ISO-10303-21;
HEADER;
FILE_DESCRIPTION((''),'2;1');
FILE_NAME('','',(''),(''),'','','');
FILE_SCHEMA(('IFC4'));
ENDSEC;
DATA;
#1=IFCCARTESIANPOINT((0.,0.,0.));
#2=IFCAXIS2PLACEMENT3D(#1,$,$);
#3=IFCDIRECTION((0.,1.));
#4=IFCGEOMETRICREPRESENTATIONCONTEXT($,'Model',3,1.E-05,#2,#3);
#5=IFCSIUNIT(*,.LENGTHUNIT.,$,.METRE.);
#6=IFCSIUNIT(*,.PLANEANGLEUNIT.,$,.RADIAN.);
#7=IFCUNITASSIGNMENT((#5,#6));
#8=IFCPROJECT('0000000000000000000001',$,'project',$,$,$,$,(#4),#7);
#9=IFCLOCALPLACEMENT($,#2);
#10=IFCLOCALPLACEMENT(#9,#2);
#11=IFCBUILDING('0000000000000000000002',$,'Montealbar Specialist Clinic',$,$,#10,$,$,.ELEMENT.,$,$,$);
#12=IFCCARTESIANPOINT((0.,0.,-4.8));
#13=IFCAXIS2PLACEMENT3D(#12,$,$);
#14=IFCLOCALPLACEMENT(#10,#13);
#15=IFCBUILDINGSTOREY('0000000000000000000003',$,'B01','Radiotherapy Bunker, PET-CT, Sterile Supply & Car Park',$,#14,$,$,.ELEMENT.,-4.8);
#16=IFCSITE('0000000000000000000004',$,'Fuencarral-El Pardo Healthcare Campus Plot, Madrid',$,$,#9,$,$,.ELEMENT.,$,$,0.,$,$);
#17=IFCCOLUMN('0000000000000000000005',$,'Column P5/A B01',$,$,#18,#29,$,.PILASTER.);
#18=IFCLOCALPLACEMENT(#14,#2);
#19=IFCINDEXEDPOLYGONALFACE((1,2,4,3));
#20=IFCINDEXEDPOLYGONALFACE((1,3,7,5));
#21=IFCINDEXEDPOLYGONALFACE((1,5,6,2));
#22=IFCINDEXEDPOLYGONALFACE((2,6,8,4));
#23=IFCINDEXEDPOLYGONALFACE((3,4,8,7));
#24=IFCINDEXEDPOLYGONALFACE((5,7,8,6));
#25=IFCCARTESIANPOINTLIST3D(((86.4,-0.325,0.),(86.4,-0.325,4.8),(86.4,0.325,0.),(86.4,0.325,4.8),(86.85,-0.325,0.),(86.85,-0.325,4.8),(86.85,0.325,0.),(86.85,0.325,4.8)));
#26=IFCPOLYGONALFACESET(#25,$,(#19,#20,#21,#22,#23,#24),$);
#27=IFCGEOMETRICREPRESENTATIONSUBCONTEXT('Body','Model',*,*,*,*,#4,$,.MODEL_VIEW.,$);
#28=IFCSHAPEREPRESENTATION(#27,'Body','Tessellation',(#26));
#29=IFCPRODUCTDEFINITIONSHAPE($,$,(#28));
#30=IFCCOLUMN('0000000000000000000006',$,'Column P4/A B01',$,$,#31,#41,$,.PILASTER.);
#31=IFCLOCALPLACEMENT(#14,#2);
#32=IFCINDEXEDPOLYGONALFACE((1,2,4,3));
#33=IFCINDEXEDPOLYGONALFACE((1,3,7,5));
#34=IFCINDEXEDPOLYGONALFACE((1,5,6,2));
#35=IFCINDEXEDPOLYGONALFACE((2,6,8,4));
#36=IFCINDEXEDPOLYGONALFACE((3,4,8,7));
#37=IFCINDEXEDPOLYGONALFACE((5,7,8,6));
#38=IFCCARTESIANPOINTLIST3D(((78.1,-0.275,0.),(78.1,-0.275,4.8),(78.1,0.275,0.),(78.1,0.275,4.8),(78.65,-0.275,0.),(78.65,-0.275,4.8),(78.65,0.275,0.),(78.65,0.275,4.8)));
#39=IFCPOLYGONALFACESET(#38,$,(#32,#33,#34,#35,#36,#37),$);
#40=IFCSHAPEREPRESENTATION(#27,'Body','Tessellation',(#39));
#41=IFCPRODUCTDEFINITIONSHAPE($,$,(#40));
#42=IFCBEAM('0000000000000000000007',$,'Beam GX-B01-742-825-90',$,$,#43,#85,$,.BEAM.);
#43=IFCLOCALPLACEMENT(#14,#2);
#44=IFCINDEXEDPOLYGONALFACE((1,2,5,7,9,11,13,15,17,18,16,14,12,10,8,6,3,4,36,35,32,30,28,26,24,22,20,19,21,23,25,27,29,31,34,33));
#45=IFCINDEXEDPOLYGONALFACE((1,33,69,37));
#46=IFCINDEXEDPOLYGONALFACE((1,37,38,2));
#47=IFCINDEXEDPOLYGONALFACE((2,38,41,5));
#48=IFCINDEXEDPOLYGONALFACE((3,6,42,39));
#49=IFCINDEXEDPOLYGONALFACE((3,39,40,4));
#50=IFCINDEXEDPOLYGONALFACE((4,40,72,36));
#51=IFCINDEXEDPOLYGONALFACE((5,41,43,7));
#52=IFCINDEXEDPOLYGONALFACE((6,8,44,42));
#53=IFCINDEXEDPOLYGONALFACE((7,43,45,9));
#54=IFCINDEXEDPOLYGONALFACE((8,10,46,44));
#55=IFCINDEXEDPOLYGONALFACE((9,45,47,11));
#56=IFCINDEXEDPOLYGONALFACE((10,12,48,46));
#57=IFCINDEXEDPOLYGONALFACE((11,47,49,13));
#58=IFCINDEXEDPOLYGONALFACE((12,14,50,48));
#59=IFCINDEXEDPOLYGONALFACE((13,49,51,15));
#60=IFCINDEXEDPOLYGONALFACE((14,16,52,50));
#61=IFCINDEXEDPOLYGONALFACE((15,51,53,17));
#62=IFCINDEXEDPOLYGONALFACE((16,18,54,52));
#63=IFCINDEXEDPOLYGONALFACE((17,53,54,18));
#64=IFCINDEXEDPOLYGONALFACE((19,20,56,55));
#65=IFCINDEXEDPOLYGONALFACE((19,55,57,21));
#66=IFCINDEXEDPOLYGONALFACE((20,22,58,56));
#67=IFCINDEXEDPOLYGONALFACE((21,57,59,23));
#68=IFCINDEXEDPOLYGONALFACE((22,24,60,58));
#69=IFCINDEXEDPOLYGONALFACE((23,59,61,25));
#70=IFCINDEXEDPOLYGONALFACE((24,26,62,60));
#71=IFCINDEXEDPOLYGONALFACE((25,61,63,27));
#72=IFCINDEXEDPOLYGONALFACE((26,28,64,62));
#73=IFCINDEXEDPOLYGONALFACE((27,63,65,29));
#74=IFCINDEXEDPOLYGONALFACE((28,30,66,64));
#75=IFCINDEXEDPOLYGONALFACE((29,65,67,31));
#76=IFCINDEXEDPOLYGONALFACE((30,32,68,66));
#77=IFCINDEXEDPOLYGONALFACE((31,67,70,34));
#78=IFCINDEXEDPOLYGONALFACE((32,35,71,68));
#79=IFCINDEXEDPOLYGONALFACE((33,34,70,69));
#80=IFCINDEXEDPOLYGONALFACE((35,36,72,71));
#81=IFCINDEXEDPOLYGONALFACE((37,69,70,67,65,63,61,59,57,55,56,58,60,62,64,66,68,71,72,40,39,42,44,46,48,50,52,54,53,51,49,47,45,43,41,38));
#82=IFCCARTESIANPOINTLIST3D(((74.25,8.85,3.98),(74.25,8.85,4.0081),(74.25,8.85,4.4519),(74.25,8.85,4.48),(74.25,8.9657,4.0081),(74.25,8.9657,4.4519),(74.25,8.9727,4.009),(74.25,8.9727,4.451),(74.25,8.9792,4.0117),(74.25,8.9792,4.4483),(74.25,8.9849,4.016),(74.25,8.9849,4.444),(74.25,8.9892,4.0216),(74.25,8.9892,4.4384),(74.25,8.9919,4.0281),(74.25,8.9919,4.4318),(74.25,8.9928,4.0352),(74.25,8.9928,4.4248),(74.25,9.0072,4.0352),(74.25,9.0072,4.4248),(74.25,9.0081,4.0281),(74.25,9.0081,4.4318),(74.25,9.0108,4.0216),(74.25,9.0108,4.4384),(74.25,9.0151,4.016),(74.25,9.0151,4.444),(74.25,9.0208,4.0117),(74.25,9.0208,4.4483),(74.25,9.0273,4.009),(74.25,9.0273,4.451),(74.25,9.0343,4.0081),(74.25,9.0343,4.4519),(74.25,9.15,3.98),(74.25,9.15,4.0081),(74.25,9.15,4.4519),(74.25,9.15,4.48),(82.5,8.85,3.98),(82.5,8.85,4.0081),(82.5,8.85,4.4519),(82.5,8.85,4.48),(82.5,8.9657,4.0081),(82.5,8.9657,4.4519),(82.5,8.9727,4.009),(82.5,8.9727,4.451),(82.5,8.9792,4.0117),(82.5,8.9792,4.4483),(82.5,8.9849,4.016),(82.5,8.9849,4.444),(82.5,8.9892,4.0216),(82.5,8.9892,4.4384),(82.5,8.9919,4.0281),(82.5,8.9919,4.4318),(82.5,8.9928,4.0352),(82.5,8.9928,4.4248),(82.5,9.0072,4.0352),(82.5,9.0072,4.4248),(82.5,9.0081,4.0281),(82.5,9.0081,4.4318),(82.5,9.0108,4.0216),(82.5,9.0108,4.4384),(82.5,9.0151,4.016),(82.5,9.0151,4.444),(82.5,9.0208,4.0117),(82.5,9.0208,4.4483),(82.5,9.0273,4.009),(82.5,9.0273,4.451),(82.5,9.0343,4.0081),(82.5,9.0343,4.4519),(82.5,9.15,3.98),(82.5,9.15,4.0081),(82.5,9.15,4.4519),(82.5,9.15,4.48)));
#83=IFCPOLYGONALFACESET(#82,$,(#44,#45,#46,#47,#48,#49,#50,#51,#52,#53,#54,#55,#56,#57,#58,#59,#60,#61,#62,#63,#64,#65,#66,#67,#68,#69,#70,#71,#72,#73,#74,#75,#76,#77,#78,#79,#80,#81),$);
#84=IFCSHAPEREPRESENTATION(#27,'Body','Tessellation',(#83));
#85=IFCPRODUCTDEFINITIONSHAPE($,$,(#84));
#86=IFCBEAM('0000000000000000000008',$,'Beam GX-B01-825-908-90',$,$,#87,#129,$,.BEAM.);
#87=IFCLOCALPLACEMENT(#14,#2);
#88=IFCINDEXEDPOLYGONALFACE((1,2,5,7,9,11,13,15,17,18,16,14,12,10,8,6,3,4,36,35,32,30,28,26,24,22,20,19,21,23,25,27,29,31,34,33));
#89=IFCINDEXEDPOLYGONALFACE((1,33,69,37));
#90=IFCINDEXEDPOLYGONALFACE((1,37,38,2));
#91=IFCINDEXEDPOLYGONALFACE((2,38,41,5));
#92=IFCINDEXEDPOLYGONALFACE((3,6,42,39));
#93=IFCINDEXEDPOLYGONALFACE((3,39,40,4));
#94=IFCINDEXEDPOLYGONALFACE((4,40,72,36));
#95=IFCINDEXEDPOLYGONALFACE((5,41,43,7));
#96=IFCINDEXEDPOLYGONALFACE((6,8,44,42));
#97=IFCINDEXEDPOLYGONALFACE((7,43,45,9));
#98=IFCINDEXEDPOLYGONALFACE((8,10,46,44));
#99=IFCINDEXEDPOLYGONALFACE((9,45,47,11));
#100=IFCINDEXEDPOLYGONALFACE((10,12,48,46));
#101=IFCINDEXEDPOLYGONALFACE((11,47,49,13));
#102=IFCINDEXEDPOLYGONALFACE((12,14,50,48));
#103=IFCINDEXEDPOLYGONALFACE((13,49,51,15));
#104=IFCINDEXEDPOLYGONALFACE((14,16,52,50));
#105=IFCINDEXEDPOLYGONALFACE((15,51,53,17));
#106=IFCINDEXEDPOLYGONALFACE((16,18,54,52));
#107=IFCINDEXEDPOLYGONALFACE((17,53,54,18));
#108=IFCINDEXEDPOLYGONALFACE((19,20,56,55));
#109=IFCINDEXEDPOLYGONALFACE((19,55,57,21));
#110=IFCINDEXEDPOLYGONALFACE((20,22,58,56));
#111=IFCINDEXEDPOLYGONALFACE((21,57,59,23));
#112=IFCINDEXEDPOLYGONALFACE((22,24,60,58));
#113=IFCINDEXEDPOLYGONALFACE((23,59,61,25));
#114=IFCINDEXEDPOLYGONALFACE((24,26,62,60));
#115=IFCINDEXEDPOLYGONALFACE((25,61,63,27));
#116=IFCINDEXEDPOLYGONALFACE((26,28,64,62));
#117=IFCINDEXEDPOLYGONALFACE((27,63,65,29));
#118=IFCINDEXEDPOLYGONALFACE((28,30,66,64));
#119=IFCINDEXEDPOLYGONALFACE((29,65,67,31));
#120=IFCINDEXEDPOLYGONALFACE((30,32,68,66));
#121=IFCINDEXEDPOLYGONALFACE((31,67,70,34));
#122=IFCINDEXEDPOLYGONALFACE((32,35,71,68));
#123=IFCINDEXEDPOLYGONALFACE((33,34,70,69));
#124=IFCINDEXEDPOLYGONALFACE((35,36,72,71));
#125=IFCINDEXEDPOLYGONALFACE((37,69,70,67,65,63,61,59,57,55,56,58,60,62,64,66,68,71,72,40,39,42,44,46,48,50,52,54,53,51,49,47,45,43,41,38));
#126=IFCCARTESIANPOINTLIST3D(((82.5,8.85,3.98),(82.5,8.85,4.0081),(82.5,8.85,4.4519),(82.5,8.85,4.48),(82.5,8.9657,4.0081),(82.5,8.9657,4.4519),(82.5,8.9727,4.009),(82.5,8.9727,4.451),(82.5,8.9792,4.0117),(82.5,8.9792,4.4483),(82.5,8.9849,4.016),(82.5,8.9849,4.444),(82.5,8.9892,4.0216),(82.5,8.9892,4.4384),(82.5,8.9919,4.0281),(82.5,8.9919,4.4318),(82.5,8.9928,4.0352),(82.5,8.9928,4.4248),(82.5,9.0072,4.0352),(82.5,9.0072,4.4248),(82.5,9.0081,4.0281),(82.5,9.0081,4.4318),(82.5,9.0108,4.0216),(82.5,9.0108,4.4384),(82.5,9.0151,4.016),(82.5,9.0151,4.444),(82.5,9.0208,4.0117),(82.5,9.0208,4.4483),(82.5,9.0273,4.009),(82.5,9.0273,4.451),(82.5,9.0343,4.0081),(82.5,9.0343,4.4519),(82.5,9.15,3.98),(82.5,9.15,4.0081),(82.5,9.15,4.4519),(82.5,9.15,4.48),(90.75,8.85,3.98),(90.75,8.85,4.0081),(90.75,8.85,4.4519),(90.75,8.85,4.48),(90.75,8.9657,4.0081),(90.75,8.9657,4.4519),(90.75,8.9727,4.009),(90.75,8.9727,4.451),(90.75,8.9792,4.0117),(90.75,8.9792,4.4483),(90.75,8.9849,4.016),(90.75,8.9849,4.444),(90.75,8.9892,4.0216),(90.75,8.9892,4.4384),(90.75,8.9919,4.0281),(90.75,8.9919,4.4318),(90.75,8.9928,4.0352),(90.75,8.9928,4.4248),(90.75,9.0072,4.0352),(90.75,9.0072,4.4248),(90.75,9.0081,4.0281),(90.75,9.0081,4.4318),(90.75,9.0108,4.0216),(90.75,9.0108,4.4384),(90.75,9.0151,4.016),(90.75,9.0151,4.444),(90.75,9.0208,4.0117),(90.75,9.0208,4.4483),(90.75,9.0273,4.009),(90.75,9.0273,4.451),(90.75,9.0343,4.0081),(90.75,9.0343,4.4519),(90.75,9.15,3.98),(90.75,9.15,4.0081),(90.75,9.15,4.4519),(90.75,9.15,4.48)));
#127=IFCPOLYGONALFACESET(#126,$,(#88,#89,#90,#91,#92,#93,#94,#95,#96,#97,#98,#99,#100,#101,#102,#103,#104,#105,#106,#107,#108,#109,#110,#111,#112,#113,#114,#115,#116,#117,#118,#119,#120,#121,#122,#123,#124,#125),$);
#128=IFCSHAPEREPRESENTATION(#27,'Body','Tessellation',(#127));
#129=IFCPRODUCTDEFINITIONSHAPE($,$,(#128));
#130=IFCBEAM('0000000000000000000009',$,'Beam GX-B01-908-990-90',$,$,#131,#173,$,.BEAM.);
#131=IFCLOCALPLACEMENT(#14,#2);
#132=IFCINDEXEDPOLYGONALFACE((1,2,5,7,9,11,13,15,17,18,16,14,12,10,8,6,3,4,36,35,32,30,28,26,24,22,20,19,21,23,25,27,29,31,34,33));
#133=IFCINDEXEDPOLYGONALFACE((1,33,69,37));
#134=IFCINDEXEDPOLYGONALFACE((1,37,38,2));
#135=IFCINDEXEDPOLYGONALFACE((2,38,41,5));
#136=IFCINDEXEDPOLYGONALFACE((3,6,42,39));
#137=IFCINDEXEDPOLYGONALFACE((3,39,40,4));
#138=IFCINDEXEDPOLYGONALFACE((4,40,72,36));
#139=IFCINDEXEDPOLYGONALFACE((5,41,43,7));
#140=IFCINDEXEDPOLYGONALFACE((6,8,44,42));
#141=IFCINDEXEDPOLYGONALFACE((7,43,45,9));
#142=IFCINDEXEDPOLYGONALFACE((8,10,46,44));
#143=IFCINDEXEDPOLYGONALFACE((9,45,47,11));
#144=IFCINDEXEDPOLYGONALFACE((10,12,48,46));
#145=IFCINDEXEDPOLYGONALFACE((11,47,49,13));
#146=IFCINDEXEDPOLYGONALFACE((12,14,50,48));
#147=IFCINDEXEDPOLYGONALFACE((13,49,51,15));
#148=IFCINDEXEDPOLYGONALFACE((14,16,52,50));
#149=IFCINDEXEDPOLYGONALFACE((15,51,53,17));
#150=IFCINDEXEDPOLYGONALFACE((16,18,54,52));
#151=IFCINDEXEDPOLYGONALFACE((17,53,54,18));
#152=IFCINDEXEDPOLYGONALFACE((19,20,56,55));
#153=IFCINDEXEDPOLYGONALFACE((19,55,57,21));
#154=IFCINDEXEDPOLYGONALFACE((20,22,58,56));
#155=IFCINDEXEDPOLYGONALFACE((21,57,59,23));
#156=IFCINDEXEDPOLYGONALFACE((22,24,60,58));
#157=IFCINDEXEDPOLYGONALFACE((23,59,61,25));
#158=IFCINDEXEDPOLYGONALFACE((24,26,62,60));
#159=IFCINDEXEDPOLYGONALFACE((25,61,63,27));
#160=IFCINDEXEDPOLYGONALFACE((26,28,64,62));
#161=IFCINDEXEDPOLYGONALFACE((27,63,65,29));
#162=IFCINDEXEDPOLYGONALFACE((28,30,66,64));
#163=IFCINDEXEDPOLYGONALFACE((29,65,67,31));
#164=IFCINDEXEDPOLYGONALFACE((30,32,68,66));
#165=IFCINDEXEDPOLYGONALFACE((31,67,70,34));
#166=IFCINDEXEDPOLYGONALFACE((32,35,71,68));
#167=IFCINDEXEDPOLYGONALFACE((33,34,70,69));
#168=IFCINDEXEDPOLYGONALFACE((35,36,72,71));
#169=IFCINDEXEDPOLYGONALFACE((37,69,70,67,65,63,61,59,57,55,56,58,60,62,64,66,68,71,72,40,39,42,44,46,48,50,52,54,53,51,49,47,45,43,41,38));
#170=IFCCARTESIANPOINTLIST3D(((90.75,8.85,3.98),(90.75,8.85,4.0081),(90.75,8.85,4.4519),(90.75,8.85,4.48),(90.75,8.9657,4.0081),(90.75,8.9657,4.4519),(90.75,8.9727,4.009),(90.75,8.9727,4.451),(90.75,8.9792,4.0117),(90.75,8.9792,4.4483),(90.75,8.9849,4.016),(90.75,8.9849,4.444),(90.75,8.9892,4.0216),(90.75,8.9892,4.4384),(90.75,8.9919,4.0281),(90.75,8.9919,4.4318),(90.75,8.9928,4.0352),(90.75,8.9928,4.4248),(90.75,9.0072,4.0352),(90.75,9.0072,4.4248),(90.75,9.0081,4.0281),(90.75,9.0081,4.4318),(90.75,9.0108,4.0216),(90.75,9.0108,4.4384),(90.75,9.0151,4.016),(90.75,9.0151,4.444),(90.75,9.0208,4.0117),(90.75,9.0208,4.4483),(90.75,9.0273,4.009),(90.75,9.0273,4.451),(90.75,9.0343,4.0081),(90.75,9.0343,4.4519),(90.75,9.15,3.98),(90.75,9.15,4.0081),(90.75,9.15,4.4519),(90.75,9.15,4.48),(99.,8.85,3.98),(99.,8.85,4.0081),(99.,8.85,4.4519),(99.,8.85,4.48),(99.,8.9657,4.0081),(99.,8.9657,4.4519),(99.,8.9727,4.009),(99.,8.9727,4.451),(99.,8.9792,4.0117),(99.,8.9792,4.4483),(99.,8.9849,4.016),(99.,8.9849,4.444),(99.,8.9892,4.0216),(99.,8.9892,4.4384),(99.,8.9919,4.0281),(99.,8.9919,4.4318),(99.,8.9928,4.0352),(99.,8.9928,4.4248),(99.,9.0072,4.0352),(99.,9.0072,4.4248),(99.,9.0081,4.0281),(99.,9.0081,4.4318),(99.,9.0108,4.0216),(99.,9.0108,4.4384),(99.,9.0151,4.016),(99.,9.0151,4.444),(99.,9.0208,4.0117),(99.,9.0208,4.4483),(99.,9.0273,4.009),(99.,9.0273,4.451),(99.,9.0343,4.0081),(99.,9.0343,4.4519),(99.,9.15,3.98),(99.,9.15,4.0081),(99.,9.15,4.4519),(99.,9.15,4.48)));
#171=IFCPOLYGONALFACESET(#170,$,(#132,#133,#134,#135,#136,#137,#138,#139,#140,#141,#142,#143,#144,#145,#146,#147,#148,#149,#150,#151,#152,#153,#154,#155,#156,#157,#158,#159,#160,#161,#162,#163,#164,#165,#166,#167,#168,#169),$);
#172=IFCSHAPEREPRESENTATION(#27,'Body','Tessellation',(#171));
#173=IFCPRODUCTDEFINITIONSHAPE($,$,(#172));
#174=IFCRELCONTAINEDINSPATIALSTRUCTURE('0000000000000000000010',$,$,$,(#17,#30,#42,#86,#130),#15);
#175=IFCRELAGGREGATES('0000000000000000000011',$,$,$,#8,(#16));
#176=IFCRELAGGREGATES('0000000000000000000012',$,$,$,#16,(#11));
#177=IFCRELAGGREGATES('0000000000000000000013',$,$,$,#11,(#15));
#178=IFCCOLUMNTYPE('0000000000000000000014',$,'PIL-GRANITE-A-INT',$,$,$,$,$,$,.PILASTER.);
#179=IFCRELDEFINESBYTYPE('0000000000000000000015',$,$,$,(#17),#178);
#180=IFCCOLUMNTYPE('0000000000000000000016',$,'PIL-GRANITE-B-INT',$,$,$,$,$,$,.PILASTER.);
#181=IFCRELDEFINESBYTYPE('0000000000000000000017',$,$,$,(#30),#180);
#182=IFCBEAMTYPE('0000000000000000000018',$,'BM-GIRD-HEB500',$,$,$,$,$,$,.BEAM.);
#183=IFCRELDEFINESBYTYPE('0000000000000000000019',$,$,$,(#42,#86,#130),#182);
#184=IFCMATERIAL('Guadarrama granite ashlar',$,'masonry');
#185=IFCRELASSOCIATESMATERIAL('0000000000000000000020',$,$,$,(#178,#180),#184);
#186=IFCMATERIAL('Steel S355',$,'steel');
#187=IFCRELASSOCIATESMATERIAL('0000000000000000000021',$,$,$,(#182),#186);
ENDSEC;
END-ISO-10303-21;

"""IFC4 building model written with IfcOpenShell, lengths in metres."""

from ifc_helpers import new_model, si_unit, direction, frame, origin, origin_2d, place, context, subcontext, project, spatial, rectangle, i_section, extrude, material, material_profile, profile_set, type_object, element, save


model = new_model("IFC4")

# Units and contexts
model_context = context("Model", 3, precision=1e-05, world=origin(), true_north=direction((0.0, 1.0)))
body_context = subcontext(model_context, "Body", "Model", "MODEL_VIEW")
ifc_project = project(units=[si_unit("LENGTHUNIT", "METRE"), si_unit("PLANEANGLEUNIT", "RADIAN")], contexts=[model_context])

# Site, building, storey
site_placement = place(None, origin())
site = spatial("IfcSite", under=ifc_project, at=site_placement, Name="Fuencarral-El Pardo Healthcare Campus Plot, Madrid", CompositionType="ELEMENT", RefElevation=0.0)
building_placement = place(site_placement, origin())
building = spatial("IfcBuilding", under=site, at=building_placement, Name="Montealbar Specialist Clinic", CompositionType="ELEMENT")
storey_placement = place(building_placement, frame((0.0, 0.0, -4.8)))
storey = spatial("IfcBuildingStorey", under=building, at=storey_placement, Name="B01", Description="Radiotherapy Bunker, PET-CT, Sterile Supply & Car Park", CompositionType="ELEMENT", Elevation=-4.8)

# Columns
ifc_material_1 = material(Name="Steel S355", Category="steel")
ifc_material_2 = material(Name="Guadarrama granite ashlar", Category="masonry")
ifc_material_profile_1 = material_profile(ifc_material_2, rectangle(XDim=0.45, YDim=0.6499, at=origin_2d()), Name="GRANITE PILASTER 450x650", Category="masonry")
ifc_profile_set_1 = profile_set([ifc_material_profile_1], Name="Guadarrama granite ashlar")
column_type_1 = type_object("IfcColumnType", Name="PIL-GRANITE-A-INT", PredefinedType="PILASTER", material=ifc_profile_set_1)
column_1_placement = place(storey_placement, frame((86.625, 0.0, 0.0), z_axis=(0.0, 0.0, 1.0), x_axis=(1.0, 0.0, 0.0)))
element("IfcColumn", 1, at=column_1_placement, inside=storey, type_object=column_type_1, Name="Column P5/A B01", PredefinedType="PILASTER", context=body_context, shape_type="SweptSolid", body=[
    extrude(rectangle(XDim=0.45, YDim=0.6499, at=origin_2d()), origin(), (0.0, 0.0, 1.0), 4.8),
])
ifc_material_profile_2 = material_profile(ifc_material_2, rectangle(XDim=0.55, YDim=0.55, at=origin_2d()), Name="GRANITE PILASTER 550x550", Category="masonry")
ifc_profile_set_2 = profile_set([ifc_material_profile_2], Name="Guadarrama granite ashlar")
column_type_2 = type_object("IfcColumnType", Name="PIL-GRANITE-B-INT", PredefinedType="PILASTER", material=ifc_profile_set_2)
column_2_placement = place(storey_placement, frame((78.375, 0.0, 0.0), z_axis=(0.0, 0.0, 1.0), x_axis=(1.0, 0.0, 0.0)))
element("IfcColumn", 2, at=column_2_placement, inside=storey, type_object=column_type_2, Name="Column P4/A B01", PredefinedType="PILASTER", context=body_context, shape_type="SweptSolid", body=[
    extrude(rectangle(XDim=0.55, YDim=0.55, at=origin_2d()), origin(), (0.0, 0.0, 1.0), 4.8),
])

# Beams
ifc_material_profile_3 = material_profile(ifc_material_1, i_section(OverallWidth=0.3, OverallDepth=0.5, WebThickness=0.0144, FlangeThickness=0.0281, FilletRadius=0.0271, at=origin_2d()), Name="HEB 500", Category="steel")
ifc_profile_set_3 = profile_set([ifc_material_profile_3], Name="Steel S355")
beam_type_1 = type_object("IfcBeamType", Name="BM-GIRD-HEB500", PredefinedType="BEAM", material=ifc_profile_set_3)
for number, where, z_axis, x_axis, name in (
    (3, (74.25, 9.0, 4.23), (1.0, 0.0, 0.0), (0.0, 1.0, 0.0), "Beam GX-B01-742-825-90"),
    (4, (82.5, 9.0, 4.23), (1.0, 0.0, 0.0), (0.0, 1.0, 0.0), "Beam GX-B01-825-908-90"),
    (5, (90.75, 9.0, 4.23), (1.0, 0.0, 0.0), (0.0, 1.0, 0.0), "Beam GX-B01-908-990-90"),
):
    element("IfcBeam", number, at=place(storey_placement, frame(where, z_axis=z_axis, x_axis=x_axis)), inside=storey, type_object=beam_type_1, Name=name, PredefinedType="BEAM", context=body_context, shape_type="SweptSolid", body=[
        extrude(i_section(OverallWidth=0.3, OverallDepth=0.5, WebThickness=0.0144, FlangeThickness=0.0281, FilletRadius=0.0271, at=origin_2d()), origin(), (0.0, 0.0, 1.0), 8.25),
    ])

save(model, "model.ifc")
